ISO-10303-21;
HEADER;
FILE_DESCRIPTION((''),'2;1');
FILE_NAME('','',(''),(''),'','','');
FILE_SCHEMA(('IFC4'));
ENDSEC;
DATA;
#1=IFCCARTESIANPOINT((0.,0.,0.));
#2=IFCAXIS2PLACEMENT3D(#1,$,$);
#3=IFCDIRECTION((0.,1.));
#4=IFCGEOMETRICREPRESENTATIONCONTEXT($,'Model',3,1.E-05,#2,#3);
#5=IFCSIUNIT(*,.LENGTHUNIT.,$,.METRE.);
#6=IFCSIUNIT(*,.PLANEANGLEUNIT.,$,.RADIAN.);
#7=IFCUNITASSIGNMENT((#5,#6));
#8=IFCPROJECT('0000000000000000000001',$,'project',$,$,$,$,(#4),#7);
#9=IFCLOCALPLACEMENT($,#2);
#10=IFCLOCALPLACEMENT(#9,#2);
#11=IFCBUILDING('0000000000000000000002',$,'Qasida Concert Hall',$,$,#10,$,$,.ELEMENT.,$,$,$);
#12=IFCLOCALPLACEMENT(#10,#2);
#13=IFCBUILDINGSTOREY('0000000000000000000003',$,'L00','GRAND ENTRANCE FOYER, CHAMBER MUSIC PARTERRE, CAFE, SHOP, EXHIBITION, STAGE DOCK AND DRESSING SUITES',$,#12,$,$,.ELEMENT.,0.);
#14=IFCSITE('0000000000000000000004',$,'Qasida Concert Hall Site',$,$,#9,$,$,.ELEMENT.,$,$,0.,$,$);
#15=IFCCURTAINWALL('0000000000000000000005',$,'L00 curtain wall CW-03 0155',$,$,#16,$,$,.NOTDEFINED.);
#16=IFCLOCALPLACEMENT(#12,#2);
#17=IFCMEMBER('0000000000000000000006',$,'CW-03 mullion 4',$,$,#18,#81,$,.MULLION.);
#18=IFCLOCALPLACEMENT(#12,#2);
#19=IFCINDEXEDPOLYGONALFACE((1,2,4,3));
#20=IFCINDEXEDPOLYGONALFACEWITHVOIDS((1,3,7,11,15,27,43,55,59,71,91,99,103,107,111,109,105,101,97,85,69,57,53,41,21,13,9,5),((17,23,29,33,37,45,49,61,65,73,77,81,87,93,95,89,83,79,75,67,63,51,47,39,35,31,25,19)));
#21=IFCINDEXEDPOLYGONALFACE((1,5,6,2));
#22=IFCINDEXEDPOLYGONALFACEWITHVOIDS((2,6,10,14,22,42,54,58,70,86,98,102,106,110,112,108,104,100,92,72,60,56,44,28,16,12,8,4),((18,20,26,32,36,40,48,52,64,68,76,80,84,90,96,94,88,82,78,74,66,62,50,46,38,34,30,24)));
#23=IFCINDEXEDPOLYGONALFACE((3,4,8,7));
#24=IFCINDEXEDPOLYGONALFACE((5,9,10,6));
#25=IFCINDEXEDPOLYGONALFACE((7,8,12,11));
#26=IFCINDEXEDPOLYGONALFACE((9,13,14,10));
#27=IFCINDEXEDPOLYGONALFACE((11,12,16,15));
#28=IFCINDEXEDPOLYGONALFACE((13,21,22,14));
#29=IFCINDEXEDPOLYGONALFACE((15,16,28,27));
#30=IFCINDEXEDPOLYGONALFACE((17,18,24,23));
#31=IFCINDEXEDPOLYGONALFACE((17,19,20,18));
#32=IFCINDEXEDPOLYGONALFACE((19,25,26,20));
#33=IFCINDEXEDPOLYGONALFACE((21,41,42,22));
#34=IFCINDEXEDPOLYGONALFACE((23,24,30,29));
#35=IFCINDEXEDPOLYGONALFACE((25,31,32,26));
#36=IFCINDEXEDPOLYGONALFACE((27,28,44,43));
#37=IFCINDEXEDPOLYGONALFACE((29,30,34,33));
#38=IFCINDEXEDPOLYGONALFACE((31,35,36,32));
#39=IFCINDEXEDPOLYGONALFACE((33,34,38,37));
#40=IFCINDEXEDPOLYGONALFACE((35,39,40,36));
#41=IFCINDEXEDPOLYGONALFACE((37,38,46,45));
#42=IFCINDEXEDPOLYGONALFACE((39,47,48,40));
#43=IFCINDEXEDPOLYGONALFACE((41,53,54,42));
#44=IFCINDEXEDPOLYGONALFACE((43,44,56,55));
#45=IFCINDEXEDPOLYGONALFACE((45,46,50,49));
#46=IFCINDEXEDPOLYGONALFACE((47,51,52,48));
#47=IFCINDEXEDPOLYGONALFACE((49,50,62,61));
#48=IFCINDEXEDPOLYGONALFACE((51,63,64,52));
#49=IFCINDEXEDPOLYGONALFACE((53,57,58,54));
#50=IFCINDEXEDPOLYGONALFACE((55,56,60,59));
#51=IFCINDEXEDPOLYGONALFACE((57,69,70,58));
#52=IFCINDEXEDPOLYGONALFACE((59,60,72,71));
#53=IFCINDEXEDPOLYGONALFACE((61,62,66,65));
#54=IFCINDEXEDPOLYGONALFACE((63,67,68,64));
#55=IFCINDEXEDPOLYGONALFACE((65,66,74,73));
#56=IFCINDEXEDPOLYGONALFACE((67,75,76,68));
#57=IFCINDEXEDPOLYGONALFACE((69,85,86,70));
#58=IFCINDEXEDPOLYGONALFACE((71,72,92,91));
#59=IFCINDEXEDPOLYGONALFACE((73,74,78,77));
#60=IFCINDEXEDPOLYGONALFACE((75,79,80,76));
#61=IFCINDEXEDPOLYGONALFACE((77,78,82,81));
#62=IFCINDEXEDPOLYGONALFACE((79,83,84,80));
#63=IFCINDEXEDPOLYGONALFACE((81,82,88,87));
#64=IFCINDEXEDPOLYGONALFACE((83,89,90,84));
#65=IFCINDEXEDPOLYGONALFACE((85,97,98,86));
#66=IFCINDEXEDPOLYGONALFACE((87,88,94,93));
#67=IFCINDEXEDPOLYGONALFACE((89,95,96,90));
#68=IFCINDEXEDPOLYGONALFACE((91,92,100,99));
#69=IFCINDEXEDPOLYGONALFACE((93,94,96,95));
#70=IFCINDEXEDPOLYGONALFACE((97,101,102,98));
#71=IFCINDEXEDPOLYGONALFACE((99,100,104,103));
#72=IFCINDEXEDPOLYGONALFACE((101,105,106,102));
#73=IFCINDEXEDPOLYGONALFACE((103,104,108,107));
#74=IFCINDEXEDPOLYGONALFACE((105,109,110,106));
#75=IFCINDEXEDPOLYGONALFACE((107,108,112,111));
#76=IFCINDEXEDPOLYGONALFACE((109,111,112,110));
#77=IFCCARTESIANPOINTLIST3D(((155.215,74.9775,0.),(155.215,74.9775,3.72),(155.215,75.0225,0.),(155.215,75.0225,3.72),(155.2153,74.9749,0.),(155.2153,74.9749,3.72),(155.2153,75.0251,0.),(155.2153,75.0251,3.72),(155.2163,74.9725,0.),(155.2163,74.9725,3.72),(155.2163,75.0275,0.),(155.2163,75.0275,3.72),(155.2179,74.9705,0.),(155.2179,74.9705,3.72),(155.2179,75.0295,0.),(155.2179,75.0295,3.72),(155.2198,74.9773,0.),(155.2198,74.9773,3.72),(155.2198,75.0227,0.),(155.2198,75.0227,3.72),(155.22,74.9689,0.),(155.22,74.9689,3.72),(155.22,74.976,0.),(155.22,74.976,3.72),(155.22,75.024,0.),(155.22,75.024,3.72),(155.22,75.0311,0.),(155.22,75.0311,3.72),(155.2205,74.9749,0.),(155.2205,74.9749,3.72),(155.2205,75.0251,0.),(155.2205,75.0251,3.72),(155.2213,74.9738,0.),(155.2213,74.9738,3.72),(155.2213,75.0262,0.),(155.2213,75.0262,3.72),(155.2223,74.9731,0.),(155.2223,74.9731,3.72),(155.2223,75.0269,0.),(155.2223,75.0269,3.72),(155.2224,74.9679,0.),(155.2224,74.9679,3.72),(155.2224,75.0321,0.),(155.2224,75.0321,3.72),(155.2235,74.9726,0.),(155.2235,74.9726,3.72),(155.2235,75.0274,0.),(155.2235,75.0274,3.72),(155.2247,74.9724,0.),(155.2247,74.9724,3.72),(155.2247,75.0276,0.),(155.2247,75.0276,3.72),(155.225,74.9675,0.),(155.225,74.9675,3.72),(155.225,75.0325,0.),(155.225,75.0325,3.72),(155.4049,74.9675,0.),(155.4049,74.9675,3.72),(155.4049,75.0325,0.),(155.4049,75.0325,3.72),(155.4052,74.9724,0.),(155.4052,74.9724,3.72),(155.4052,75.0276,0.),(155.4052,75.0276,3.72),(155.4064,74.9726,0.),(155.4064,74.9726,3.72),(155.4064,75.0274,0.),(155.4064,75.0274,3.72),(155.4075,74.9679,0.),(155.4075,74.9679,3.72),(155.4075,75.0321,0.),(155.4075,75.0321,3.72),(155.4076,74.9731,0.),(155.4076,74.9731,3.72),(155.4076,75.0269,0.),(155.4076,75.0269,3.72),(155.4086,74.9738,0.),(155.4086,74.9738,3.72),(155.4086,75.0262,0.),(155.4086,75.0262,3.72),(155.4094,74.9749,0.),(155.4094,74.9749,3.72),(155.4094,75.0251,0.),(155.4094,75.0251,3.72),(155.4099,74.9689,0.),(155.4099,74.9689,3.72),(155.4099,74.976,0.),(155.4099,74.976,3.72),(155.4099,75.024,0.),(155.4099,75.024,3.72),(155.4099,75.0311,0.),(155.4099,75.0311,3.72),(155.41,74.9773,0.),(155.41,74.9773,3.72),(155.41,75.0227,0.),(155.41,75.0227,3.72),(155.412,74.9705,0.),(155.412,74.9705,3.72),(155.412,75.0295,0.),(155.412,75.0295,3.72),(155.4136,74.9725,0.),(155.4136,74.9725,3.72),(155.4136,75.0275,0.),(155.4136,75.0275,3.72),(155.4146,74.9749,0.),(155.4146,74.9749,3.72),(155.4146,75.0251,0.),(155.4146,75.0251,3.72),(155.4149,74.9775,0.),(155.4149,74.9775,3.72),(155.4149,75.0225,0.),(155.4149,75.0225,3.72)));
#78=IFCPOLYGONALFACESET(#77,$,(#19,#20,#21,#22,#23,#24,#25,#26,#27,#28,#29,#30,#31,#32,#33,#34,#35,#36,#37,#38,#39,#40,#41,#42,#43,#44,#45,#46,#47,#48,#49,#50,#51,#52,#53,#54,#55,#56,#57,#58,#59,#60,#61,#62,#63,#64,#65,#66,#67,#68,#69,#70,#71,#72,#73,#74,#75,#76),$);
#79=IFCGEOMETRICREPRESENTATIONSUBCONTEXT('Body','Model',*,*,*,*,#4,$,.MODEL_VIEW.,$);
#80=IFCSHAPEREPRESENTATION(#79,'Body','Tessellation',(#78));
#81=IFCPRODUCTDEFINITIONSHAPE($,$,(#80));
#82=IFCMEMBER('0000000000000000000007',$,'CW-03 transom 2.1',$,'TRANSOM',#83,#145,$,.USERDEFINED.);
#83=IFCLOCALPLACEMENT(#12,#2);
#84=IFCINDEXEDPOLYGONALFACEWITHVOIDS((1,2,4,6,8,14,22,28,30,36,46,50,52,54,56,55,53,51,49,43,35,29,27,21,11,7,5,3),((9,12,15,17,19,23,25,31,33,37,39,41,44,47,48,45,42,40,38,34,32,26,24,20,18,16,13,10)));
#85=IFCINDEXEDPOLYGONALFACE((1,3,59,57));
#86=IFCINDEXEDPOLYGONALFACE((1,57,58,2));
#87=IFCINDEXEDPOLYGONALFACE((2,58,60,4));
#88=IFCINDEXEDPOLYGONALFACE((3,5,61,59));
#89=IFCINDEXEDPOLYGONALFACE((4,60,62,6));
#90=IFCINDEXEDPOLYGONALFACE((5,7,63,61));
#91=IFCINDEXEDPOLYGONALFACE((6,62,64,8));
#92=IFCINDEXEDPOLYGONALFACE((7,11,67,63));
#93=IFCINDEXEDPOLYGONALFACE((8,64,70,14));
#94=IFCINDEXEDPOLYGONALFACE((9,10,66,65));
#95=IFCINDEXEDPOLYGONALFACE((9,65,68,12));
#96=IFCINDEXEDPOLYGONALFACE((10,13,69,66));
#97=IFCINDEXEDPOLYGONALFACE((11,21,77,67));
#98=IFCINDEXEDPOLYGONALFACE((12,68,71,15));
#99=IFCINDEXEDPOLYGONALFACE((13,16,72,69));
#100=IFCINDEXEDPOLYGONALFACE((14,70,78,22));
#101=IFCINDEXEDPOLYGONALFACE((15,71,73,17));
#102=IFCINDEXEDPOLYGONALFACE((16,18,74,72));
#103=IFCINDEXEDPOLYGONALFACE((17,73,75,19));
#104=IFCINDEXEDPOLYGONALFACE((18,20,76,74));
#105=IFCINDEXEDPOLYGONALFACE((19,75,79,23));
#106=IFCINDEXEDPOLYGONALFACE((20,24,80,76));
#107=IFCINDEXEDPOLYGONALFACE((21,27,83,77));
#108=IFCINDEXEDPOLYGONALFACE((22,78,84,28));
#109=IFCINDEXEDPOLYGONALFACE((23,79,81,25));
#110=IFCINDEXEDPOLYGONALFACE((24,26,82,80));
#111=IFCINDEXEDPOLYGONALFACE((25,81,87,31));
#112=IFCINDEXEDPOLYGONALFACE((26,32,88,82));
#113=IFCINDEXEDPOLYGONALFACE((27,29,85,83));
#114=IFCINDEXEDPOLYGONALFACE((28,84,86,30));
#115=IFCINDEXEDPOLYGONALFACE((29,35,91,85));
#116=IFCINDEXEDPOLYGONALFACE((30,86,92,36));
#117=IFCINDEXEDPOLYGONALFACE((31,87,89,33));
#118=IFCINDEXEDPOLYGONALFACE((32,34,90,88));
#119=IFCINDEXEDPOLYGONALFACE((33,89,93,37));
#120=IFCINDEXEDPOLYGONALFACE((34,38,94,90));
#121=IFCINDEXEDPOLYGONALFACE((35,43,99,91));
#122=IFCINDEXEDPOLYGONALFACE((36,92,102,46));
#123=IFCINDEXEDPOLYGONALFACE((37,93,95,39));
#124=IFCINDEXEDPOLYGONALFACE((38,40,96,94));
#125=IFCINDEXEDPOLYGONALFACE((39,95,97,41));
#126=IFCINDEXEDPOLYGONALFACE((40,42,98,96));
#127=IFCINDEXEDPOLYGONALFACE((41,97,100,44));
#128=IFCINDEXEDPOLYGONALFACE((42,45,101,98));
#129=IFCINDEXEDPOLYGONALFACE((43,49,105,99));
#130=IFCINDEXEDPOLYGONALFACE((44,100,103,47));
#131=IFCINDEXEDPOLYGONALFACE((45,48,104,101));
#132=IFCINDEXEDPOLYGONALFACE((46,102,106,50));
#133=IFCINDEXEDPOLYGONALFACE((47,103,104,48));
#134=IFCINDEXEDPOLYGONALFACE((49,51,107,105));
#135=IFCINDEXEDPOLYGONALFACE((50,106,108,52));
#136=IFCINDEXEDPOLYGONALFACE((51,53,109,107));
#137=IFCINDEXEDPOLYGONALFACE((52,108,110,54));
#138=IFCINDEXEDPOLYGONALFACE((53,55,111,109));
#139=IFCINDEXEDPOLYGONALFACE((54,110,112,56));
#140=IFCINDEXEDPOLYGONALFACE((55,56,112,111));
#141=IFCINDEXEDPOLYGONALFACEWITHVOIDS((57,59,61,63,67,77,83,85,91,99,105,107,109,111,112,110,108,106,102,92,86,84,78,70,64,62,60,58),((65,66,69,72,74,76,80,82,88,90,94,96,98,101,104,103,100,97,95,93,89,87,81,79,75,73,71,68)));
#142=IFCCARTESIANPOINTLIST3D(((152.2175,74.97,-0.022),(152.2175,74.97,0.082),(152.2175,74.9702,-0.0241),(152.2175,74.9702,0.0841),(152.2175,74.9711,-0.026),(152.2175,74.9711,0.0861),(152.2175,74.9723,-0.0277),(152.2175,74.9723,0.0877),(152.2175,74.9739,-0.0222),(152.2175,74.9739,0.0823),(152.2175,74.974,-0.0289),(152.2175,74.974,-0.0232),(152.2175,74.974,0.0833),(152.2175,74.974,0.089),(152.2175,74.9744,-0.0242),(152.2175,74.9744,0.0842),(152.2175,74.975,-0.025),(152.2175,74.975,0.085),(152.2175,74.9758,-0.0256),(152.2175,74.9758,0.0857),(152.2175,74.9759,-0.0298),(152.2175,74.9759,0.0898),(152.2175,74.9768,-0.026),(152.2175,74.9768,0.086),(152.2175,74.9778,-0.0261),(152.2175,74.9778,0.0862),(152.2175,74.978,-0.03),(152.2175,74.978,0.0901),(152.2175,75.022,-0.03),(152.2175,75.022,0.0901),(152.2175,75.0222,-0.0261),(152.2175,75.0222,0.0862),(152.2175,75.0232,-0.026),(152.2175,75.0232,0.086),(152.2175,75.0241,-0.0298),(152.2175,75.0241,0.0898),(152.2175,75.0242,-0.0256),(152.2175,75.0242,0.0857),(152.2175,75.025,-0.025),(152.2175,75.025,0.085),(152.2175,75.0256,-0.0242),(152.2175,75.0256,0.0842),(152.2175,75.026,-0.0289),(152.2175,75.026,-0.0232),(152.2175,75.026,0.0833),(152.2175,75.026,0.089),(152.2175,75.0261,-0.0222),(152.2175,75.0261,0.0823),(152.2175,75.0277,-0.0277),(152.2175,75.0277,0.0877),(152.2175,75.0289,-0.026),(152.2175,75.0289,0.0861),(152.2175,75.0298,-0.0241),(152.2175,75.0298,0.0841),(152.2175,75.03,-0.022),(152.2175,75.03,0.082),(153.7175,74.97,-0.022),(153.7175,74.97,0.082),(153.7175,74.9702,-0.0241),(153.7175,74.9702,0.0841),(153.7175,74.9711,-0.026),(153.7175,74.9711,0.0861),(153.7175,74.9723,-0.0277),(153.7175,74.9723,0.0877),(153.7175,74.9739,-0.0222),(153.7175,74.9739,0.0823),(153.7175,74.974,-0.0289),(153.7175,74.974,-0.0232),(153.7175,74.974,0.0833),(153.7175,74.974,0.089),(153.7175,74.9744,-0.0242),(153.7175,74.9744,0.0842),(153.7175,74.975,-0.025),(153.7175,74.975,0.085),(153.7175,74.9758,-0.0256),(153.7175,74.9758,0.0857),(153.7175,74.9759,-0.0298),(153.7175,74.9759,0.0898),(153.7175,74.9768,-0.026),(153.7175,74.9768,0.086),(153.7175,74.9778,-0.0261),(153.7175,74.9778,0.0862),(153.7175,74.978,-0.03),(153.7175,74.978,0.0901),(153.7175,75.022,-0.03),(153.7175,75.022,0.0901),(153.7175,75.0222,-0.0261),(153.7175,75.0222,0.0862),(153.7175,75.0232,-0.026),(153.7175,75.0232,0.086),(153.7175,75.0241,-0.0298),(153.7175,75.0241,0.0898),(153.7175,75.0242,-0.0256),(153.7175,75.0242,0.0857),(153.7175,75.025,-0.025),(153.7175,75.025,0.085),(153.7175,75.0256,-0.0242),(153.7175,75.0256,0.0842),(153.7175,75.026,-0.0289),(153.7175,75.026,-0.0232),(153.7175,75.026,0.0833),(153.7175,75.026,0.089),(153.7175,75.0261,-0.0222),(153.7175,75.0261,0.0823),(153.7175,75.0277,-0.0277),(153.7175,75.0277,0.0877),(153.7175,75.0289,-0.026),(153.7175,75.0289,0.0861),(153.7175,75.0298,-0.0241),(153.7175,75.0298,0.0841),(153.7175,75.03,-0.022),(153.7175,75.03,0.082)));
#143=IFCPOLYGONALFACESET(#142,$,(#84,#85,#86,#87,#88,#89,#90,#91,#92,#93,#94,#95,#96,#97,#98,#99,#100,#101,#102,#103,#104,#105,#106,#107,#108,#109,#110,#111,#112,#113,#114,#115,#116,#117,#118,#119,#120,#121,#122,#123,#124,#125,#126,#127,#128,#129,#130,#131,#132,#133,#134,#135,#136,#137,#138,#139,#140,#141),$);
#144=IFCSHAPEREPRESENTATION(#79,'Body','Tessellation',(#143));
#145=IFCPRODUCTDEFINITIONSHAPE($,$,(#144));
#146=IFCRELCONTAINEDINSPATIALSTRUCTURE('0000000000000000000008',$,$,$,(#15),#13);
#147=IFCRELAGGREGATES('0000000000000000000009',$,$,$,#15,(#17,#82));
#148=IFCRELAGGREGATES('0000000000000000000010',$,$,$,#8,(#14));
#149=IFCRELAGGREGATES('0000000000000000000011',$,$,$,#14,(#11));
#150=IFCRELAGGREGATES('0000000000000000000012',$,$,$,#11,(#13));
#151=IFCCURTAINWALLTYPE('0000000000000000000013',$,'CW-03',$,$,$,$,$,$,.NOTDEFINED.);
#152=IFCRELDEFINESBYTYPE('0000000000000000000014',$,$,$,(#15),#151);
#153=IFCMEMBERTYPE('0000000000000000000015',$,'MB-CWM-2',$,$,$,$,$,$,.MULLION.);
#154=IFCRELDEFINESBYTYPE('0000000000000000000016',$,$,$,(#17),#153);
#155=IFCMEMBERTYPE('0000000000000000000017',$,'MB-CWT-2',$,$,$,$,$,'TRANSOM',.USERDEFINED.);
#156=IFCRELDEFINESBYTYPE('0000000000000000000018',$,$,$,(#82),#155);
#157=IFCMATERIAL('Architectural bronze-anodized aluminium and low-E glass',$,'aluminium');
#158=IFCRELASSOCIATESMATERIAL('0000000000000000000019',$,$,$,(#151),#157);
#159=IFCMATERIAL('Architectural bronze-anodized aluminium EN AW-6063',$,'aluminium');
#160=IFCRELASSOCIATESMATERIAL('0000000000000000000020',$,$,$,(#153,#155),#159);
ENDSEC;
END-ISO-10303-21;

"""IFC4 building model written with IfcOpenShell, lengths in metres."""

from ifc_helpers import new_model, si_unit, direction, frame, origin, origin_2d, place, context, subcontext, project, spatial, hollow_rectangle, extrude, material, material_profile, profile_set, type_object, element, aggregate, save


model = new_model("IFC4")

# Units and contexts
model_context = context("Model", 3, precision=1e-05, world=origin(), true_north=direction((0.0, 1.0)))
body_context = subcontext(model_context, "Body", "Model", "MODEL_VIEW")
ifc_project = project(units=[si_unit("LENGTHUNIT", "METRE"), si_unit("PLANEANGLEUNIT", "RADIAN")], contexts=[model_context])

# Site, building, storey
site_placement = place(None, origin())
site = spatial("IfcSite", under=ifc_project, at=site_placement, Name="Qasida Concert Hall Site", CompositionType="ELEMENT", RefElevation=0.0)
building_placement = place(site_placement, origin())
building = spatial("IfcBuilding", under=site, at=building_placement, Name="Qasida Concert Hall", CompositionType="ELEMENT")
storey_placement = place(building_placement, origin())
storey = spatial("IfcBuildingStorey", under=building, at=storey_placement, Name="L00", Description="GRAND ENTRANCE FOYER, CHAMBER MUSIC PARTERRE, CAFE, SHOP, EXHIBITION, STAGE DOCK AND DRESSING SUITES", CompositionType="ELEMENT", Elevation=0.0)

# Curtain wall, members
ifc_material_1 = material(Name="Architectural bronze-anodized aluminium and low-E glass", Category="aluminium")
curtain_wall_type = type_object("IfcCurtainWallType", Name="CW-03", PredefinedType="NOTDEFINED", material=ifc_material_1)
curtain_wall_placement = place(storey_placement, origin())
curtain_wall = element("IfcCurtainWall", 1, at=curtain_wall_placement, inside=storey, type_object=curtain_wall_type, Name="L00 curtain wall CW-03 0155", PredefinedType="NOTDEFINED")
ifc_material_2 = material(Name="Architectural bronze-anodized aluminium EN AW-6063", Category="aluminium")
ifc_material_profile_1 = material_profile(ifc_material_2, hollow_rectangle(XDim=0.0649, YDim=0.2, WallThickness=0.0049, InnerFilletRadius=0.0049, OuterFilletRadius=0.01, at=origin_2d()), Name="CWM 200x65x5")
ifc_profile_set_1 = profile_set([ifc_material_profile_1], Name="Architectural bronze-anodized aluminium EN AW-6063")
member_type_1 = type_object("IfcMemberType", Name="MB-CWM-2", PredefinedType="MULLION", material=ifc_profile_set_1)
member_1_placement = place(storey_placement, frame((155.3149, 75.0, 0.0), z_axis=(0.0, 0.0, 1.0), x_axis=(0.0, 1.0, 0.0)))
member_1 = element("IfcMember", 2, at=member_1_placement, type_object=member_type_1, Name="CW-03 mullion 4", PredefinedType="MULLION", context=body_context, shape_type="SweptSolid", body=[
    extrude(hollow_rectangle(XDim=0.0649, YDim=0.2, WallThickness=0.0049, InnerFilletRadius=0.0049, OuterFilletRadius=0.01, at=origin_2d()), origin(), (0.0, 0.0, 1.0), 3.72),
])
ifc_material_profile_2 = material_profile(ifc_material_2, hollow_rectangle(XDim=0.0601, YDim=0.1201, WallThickness=0.0039, InnerFilletRadius=0.0039, OuterFilletRadius=0.0081, at=origin_2d()), Name="CWT 120x60x4")
ifc_profile_set_2 = profile_set([ifc_material_profile_2], Name="Architectural bronze-anodized aluminium EN AW-6063")
member_type_2 = type_object("IfcMemberType", Name="MB-CWT-2", ElementType="TRANSOM", PredefinedType="USERDEFINED", material=ifc_profile_set_2)
member_2_placement = place(storey_placement, frame((152.2175, 75.0, 0.03), z_axis=(1.0, 0.0, 0.0), x_axis=(0.0, 1.0, 0.0)))
member_2 = element("IfcMember", 3, at=member_2_placement, type_object=member_type_2, Name="CW-03 transom 2.1", ObjectType="TRANSOM", PredefinedType="USERDEFINED", context=body_context, shape_type="SweptSolid", body=[
    extrude(hollow_rectangle(XDim=0.0601, YDim=0.1201, WallThickness=0.0039, InnerFilletRadius=0.0039, OuterFilletRadius=0.0081, at=origin_2d()), origin(), (0.0, 0.0, 1.0), 1.5),
])
aggregate(curtain_wall, [member_1, member_2])

save(model, "model.ifc")
